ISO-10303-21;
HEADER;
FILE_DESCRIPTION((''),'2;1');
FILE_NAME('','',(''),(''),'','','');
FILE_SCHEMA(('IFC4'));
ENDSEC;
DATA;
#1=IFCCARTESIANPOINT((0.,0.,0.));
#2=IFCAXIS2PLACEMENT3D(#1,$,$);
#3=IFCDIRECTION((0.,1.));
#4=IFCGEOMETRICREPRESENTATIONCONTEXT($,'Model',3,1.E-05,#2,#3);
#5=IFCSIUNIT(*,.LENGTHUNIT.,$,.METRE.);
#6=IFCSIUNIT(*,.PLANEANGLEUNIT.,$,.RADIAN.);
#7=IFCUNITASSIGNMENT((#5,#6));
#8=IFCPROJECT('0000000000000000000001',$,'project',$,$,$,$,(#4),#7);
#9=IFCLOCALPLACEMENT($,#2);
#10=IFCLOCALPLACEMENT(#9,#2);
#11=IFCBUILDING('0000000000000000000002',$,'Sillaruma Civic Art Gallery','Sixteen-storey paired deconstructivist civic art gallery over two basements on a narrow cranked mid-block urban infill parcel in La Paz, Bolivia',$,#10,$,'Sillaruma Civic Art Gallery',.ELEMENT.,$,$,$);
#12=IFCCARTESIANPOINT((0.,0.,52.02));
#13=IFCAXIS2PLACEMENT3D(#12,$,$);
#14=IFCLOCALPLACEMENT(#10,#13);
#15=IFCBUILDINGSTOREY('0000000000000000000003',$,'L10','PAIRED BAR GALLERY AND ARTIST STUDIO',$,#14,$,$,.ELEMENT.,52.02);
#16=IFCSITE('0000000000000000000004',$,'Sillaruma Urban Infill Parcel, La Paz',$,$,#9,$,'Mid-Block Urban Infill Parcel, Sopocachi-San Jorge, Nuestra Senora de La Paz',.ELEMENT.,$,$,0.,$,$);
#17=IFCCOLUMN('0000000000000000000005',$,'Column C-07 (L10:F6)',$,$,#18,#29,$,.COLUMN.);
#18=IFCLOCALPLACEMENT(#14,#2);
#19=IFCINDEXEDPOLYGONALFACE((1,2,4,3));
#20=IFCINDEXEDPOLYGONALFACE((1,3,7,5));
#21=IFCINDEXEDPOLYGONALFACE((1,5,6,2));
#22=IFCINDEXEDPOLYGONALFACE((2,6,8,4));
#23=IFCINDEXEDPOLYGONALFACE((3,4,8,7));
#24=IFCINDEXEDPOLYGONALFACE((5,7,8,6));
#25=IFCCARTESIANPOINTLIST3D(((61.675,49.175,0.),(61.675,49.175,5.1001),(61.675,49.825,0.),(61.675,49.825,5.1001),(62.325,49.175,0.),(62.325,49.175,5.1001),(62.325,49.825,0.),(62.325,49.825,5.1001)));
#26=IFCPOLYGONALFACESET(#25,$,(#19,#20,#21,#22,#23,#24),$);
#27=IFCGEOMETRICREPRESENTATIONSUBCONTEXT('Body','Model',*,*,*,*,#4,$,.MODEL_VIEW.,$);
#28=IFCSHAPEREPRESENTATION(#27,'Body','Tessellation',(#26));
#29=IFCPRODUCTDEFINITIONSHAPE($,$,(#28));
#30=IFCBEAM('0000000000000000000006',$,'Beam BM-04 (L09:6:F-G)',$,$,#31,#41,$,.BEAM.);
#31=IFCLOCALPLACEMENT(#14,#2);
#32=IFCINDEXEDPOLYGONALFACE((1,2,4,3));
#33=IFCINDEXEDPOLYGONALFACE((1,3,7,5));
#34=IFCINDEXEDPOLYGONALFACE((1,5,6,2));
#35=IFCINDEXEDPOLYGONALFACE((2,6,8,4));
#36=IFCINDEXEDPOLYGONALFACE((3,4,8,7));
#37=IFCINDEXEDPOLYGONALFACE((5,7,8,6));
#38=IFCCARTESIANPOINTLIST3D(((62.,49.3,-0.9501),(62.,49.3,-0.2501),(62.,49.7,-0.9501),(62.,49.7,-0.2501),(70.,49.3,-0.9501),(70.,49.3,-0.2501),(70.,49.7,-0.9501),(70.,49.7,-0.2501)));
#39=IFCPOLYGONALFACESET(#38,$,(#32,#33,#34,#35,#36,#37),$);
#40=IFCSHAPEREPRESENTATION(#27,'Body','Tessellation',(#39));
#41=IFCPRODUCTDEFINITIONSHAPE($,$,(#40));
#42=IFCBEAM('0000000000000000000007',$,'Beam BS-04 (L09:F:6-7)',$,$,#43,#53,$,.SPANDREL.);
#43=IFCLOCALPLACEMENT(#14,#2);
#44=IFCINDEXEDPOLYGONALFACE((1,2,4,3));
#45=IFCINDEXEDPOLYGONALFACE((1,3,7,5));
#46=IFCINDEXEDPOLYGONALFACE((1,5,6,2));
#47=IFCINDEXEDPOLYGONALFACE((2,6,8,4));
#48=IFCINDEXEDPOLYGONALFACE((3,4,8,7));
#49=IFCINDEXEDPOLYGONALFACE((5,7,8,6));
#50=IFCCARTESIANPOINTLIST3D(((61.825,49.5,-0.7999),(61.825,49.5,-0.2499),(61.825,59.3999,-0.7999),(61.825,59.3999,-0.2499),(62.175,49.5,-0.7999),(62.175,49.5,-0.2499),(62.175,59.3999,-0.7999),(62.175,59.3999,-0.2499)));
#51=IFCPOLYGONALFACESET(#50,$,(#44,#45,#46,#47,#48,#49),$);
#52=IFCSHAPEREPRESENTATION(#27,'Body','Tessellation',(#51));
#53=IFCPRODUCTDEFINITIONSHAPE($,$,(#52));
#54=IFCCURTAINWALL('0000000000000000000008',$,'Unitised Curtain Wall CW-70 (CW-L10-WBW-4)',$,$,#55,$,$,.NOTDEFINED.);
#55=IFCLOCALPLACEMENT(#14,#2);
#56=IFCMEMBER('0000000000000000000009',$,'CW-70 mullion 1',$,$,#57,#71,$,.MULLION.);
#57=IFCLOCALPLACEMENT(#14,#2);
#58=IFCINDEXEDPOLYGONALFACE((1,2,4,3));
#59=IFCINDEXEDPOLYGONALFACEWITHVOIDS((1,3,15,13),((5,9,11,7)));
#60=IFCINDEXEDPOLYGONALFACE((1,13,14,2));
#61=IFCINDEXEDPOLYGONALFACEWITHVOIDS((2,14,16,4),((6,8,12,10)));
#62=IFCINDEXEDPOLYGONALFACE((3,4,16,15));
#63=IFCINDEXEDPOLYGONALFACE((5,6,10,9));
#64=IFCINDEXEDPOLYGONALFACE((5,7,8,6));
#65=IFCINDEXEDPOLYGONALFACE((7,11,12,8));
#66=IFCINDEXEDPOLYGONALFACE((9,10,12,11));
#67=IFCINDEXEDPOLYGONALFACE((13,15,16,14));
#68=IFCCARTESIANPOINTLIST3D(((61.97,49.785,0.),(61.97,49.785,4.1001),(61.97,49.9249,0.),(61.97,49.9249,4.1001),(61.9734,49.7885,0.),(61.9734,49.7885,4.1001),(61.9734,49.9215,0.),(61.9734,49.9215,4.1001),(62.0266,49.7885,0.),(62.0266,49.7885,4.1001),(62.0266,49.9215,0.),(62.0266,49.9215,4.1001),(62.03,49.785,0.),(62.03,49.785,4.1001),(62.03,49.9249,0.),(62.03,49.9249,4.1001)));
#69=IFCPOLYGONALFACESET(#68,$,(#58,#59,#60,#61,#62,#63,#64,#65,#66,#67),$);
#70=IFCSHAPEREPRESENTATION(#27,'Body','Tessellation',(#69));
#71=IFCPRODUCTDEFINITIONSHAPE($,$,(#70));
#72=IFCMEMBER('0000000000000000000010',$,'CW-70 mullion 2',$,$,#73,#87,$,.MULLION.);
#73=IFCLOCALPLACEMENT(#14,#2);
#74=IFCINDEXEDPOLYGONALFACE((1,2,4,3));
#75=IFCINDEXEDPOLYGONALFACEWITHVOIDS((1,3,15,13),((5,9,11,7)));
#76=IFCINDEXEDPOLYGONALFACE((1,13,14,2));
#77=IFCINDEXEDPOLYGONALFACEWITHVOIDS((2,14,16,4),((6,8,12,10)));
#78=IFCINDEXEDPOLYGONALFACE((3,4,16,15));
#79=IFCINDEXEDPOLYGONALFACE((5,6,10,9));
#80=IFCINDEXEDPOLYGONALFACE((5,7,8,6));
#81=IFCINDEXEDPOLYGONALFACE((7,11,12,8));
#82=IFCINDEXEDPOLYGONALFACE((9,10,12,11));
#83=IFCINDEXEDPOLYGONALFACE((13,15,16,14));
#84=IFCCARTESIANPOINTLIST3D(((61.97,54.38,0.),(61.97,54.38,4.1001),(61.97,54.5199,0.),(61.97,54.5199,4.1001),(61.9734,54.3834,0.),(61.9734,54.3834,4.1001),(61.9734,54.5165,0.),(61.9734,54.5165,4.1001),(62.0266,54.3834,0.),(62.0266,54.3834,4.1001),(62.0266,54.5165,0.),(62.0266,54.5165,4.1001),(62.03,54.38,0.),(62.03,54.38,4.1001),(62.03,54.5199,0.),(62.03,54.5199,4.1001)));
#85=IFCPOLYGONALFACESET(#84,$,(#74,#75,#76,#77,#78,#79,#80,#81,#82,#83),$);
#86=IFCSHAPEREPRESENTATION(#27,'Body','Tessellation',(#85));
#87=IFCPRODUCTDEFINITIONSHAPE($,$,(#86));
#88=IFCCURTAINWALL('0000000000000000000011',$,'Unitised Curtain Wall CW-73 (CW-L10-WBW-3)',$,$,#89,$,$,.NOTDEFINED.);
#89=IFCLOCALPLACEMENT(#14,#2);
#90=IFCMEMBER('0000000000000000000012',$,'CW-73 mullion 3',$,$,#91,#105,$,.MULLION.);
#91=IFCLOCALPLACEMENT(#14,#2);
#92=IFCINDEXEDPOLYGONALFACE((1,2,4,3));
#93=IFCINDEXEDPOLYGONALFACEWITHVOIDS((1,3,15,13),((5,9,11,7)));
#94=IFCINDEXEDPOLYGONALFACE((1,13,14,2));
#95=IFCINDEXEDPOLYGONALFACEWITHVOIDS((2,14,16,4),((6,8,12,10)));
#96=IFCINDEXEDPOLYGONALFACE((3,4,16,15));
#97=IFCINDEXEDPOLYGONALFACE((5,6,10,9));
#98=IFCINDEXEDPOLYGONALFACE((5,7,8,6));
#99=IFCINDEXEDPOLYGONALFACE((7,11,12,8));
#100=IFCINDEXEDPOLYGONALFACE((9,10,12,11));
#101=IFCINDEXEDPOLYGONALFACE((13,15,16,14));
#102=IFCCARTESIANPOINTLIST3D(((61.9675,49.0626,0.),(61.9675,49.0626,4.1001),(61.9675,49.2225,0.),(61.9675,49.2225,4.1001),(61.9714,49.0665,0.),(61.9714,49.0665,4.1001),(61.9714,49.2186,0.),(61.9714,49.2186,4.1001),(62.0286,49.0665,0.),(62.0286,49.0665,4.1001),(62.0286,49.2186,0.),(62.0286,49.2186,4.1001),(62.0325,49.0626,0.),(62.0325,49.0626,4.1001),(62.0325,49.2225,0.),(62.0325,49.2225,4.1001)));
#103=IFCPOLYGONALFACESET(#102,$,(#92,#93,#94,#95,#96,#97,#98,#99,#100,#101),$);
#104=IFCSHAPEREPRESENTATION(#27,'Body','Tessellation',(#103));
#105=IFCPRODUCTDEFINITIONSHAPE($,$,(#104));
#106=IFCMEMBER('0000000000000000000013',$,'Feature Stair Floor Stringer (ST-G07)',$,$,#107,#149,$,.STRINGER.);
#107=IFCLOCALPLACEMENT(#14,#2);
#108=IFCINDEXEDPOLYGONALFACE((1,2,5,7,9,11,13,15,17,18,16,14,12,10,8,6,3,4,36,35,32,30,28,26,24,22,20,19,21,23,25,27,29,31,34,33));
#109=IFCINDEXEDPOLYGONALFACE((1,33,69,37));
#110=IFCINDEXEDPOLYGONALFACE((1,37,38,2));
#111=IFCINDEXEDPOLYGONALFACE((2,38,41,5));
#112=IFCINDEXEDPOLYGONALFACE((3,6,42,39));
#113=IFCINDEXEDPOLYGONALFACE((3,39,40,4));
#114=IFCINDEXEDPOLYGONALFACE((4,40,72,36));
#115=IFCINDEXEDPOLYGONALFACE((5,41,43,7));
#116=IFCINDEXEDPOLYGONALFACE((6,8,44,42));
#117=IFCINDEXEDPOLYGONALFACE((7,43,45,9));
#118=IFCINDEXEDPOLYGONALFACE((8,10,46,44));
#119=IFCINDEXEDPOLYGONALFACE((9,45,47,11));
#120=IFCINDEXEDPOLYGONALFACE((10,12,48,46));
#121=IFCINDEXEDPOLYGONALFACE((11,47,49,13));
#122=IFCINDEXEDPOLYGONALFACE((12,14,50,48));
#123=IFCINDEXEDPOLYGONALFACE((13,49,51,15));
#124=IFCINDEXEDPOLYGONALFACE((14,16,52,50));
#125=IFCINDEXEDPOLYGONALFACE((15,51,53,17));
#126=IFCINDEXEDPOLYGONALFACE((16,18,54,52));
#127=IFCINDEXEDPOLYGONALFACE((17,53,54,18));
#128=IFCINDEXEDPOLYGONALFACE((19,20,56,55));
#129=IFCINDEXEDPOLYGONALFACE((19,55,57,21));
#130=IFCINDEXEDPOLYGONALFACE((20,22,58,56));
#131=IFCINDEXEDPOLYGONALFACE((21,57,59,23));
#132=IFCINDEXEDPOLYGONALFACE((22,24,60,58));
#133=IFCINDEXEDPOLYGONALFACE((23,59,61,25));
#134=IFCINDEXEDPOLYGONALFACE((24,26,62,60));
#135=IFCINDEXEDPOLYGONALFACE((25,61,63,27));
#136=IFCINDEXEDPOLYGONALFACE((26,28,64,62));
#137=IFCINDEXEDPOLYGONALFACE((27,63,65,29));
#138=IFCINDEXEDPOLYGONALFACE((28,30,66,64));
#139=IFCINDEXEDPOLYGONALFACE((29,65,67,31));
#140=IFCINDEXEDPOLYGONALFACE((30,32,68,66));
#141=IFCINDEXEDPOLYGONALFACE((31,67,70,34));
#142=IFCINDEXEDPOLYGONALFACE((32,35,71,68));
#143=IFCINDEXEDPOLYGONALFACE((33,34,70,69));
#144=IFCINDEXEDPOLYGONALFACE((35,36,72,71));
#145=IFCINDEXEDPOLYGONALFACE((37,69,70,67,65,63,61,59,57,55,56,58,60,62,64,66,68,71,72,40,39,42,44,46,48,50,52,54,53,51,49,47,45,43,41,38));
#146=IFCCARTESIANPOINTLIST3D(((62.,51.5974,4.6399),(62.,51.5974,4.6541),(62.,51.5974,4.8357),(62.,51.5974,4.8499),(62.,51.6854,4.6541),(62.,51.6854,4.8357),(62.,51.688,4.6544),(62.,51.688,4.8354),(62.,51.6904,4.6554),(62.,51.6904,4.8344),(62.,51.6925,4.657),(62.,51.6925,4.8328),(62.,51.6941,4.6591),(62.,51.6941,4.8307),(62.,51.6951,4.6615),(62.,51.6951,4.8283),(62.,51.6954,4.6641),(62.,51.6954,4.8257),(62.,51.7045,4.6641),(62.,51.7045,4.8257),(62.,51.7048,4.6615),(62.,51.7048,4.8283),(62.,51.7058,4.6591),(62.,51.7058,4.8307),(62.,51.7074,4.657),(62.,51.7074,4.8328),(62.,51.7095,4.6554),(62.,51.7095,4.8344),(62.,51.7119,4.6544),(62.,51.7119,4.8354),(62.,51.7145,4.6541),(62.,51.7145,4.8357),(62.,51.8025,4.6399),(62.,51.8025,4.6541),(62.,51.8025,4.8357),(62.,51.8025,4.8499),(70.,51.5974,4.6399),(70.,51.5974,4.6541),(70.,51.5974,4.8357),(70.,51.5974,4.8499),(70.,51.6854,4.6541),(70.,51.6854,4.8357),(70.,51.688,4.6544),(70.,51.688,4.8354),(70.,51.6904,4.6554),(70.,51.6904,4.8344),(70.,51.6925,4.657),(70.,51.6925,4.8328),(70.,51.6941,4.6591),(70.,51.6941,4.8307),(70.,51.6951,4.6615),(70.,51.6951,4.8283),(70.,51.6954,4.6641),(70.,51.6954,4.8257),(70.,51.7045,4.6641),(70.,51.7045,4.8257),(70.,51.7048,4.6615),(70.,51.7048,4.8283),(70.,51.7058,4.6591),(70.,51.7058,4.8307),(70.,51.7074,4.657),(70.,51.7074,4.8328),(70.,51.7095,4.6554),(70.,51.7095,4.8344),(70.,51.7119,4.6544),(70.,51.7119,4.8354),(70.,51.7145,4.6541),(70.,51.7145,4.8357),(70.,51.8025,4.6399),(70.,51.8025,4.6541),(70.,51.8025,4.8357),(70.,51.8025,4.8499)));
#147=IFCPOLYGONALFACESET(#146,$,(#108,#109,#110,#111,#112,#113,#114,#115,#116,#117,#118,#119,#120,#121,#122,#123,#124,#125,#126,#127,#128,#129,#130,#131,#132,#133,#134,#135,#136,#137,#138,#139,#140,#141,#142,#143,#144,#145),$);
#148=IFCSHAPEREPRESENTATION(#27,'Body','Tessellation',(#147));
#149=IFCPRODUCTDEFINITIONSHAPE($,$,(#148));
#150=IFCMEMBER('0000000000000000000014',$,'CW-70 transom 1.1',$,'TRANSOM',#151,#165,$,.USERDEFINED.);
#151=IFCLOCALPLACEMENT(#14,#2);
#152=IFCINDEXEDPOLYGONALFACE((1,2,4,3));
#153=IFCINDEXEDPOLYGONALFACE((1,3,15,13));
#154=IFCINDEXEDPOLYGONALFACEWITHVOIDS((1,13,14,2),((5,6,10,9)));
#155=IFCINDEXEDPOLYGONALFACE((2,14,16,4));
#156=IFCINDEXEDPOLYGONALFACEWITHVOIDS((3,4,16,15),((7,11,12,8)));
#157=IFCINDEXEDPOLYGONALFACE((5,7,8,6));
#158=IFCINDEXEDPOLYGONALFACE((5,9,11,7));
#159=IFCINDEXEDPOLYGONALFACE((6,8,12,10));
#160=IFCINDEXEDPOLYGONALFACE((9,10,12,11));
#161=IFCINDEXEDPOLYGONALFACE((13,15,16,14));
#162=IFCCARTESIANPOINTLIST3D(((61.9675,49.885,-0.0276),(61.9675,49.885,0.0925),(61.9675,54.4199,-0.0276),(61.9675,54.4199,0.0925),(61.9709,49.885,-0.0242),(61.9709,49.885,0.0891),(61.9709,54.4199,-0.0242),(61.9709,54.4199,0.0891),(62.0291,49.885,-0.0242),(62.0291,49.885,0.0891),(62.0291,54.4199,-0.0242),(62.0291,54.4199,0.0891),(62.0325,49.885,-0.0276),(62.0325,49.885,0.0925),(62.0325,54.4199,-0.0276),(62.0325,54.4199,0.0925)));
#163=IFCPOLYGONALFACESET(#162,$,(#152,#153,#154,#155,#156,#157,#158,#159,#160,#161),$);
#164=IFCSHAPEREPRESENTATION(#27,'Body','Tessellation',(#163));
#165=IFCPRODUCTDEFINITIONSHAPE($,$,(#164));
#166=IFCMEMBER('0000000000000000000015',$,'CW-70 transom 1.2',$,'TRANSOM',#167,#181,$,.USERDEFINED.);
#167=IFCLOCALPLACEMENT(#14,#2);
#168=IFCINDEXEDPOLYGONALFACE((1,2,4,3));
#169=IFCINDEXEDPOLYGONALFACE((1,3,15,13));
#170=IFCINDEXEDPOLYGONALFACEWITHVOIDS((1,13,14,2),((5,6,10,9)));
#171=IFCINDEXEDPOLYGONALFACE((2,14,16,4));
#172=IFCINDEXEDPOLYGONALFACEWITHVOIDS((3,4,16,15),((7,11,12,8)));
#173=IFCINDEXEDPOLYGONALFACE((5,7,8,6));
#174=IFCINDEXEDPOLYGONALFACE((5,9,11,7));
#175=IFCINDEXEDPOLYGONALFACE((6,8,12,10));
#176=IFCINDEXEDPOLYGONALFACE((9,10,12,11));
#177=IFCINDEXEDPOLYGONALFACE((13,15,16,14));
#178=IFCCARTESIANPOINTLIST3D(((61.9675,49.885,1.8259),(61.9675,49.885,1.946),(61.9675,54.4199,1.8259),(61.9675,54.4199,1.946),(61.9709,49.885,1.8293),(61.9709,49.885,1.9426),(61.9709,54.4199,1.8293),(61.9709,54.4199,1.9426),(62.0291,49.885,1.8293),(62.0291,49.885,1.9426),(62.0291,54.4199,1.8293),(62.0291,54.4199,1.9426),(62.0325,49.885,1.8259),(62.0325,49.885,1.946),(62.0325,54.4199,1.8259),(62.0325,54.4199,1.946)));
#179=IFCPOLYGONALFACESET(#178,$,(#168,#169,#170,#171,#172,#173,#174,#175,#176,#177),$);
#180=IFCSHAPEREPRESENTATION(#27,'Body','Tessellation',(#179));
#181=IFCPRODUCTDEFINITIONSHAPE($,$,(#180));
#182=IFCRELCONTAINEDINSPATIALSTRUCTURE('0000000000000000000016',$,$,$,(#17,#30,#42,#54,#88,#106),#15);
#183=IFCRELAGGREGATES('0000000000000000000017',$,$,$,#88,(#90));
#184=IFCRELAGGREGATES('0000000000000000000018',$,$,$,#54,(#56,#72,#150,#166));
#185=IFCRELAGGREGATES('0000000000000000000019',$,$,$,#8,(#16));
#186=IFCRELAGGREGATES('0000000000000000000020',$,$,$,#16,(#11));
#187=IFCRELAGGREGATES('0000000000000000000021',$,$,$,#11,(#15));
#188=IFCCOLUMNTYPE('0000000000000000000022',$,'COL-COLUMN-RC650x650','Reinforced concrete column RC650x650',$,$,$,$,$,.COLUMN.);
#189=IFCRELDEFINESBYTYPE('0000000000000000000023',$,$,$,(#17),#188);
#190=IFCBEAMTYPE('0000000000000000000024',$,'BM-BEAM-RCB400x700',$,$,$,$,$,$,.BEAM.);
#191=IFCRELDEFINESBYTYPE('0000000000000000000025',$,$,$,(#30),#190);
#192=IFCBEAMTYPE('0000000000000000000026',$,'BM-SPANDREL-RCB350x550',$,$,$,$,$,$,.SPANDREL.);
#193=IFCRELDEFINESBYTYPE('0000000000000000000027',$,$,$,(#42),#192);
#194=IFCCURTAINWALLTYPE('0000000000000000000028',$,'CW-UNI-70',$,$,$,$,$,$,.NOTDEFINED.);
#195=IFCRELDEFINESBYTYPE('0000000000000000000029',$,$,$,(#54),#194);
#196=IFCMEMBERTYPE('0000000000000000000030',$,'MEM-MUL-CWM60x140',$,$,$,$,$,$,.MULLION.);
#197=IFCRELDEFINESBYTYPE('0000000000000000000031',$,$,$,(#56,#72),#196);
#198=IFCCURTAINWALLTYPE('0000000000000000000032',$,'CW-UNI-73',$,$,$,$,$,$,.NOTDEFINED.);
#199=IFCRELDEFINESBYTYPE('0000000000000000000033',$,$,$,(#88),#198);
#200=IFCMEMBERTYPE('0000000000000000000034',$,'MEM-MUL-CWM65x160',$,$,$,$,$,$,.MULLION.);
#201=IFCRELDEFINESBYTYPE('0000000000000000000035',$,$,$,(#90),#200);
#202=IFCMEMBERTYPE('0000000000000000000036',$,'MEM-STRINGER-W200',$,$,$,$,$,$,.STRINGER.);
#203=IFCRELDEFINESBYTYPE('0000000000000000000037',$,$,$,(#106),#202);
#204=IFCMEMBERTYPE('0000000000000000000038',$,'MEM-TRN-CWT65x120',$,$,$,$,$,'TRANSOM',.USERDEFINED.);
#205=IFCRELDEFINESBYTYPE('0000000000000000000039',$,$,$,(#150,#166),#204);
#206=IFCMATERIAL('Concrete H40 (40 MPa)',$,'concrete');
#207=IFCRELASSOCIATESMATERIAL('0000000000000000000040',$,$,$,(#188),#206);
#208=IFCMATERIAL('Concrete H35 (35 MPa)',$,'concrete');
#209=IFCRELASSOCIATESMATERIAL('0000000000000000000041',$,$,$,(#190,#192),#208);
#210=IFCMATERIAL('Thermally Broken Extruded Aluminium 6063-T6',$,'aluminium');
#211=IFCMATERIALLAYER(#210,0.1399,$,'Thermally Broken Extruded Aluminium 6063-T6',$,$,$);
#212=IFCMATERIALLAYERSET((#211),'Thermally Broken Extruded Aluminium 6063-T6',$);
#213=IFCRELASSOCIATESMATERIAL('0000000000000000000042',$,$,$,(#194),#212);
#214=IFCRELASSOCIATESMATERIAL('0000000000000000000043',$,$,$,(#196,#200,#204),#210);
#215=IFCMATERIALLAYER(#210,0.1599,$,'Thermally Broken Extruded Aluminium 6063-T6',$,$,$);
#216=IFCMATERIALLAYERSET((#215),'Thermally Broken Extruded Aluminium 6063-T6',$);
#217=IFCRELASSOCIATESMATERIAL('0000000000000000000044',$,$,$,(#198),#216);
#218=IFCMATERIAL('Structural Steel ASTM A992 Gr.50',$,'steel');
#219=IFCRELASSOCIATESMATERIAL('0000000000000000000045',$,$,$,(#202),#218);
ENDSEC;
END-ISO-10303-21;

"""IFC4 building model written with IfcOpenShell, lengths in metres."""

from ifc_helpers import new_model, si_unit, direction, frame, origin, origin_2d, place, context, subcontext, project, spatial, rectangle, hollow_rectangle, i_section, extrude, material, layer, layer_set, material_profile, profile_set, type_object, element, aggregate, save


model = new_model("IFC4")

# Units and contexts
model_context = context("Model", 3, precision=1e-05, world=origin(), true_north=direction((0.0, 1.0)))
body_context = subcontext(model_context, "Body", "Model", "MODEL_VIEW")
ifc_project = project(units=[si_unit("LENGTHUNIT", "METRE"), si_unit("PLANEANGLEUNIT", "RADIAN")], contexts=[model_context])

# Site, building, storey
site_placement = place(None, origin())
site = spatial("IfcSite", under=ifc_project, at=site_placement, Name="Sillaruma Urban Infill Parcel, La Paz", LongName="Mid-Block Urban Infill Parcel, Sopocachi-San Jorge, Nuestra Senora de La Paz", CompositionType="ELEMENT", RefElevation=0.0)
building_placement = place(site_placement, origin())
building = spatial("IfcBuilding", under=site, at=building_placement, Name="Sillaruma Civic Art Gallery", Description="Sixteen-storey paired deconstructivist civic art gallery over two basements on a narrow cranked mid-block urban infill parcel in La Paz, Bolivia", LongName="Sillaruma Civic Art Gallery", CompositionType="ELEMENT")
storey_placement = place(building_placement, frame((0.0, 0.0, 52.02)))
storey = spatial("IfcBuildingStorey", under=building, at=storey_placement, Name="L10", Description="PAIRED BAR GALLERY AND ARTIST STUDIO", CompositionType="ELEMENT", Elevation=52.02)

# Column
ifc_material_1 = material(Name="Concrete H40 (40 MPa)", Category="concrete")
ifc_material_profile_1 = material_profile(ifc_material_1, rectangle(XDim=0.6499, YDim=0.6499, at=origin_2d()), Name="RC650x650")
ifc_profile_set_1 = profile_set([ifc_material_profile_1], Name="Concrete H40 (40 MPa)")
column_type = type_object("IfcColumnType", Name="COL-COLUMN-RC650x650", Description="Reinforced concrete column RC650x650", PredefinedType="COLUMN", material=ifc_profile_set_1)
column_placement = place(storey_placement, frame((62.0, 49.5, 0.0), z_axis=(0.0, 0.0, 1.0), x_axis=(1.0, 0.0, 0.0)))
element("IfcColumn", 1, at=column_placement, inside=storey, type_object=column_type, Name="Column C-07 (L10:F6)", PredefinedType="COLUMN", context=body_context, shape_type="SweptSolid", body=[
    extrude(rectangle(XDim=0.6499, YDim=0.6499, at=origin_2d()), origin(), (0.0, 0.0, 1.0), 5.1001),
])

# Beams
ifc_material_2 = material(Name="Concrete H35 (35 MPa)", Category="concrete")
ifc_material_profile_2 = material_profile(ifc_material_2, rectangle(XDim=0.3999, YDim=0.7, at=origin_2d()), Name="RCB400x700")
ifc_profile_set_2 = profile_set([ifc_material_profile_2], Name="Concrete H35 (35 MPa)")
beam_type_1 = type_object("IfcBeamType", Name="BM-BEAM-RCB400x700", PredefinedType="BEAM", material=ifc_profile_set_2)
beam_1_placement = place(storey_placement, frame((62.0, 49.5, -0.6001), z_axis=(1.0, 0.0, 0.0), x_axis=(0.0, 1.0, 0.0)))
element("IfcBeam", 2, at=beam_1_placement, inside=storey, type_object=beam_type_1, Name="Beam BM-04 (L09:6:F-G)", PredefinedType="BEAM", context=body_context, shape_type="SweptSolid", body=[
    extrude(rectangle(XDim=0.3999, YDim=0.7, at=origin_2d()), origin(), (0.0, 0.0, 1.0), 8.0),
])
ifc_material_profile_3 = material_profile(ifc_material_2, rectangle(XDim=0.3501, YDim=0.55, at=origin_2d()), Name="RCB350x550")
ifc_profile_set_3 = profile_set([ifc_material_profile_3], Name="Concrete H35 (35 MPa)")
beam_type_2 = type_object("IfcBeamType", Name="BM-SPANDREL-RCB350x550", PredefinedType="SPANDREL", material=ifc_profile_set_3)
beam_2_placement = place(storey_placement, frame((62.0, 49.5, -0.5249), z_axis=(0.0, 1.0, 0.0), x_axis=(-1.0, 0.0, 0.0)))
element("IfcBeam", 3, at=beam_2_placement, inside=storey, type_object=beam_type_2, Name="Beam BS-04 (L09:F:6-7)", PredefinedType="SPANDREL", context=body_context, shape_type="SweptSolid", body=[
    extrude(rectangle(XDim=0.3501, YDim=0.55, at=origin_2d()), origin(), (0.0, 0.0, 1.0), 9.8999),
])

# Curtain wall, members
ifc_material_3 = material(Name="Thermally Broken Extruded Aluminium 6063-T6", Category="aluminium")
ifc_layer_1 = layer(ifc_material_3, 0.1399, Name="Thermally Broken Extruded Aluminium 6063-T6")
ifc_layer_set_1 = layer_set([ifc_layer_1], Name="Thermally Broken Extruded Aluminium 6063-T6")
curtain_wall_type_1 = type_object("IfcCurtainWallType", Name="CW-UNI-70", PredefinedType="NOTDEFINED", material=ifc_layer_set_1)
curtain_wall_1_placement = place(storey_placement, origin())
curtain_wall_1 = element("IfcCurtainWall", 4, at=curtain_wall_1_placement, inside=storey, type_object=curtain_wall_type_1, Name="Unitised Curtain Wall CW-70 (CW-L10-WBW-4)", PredefinedType="NOTDEFINED")
ifc_material_profile_4 = material_profile(ifc_material_3, hollow_rectangle(XDim=0.0601, YDim=0.1399, WallThickness=0.0034, at=origin_2d()), Name="CWM60x140")
ifc_profile_set_4 = profile_set([ifc_material_profile_4], Name="Thermally Broken Extruded Aluminium 6063-T6")
member_type_1 = type_object("IfcMemberType", Name="MEM-MUL-CWM60x140", PredefinedType="MULLION", material=ifc_profile_set_4)
member_1_placement = place(storey_placement, frame((62.0, 49.855, 0.0), z_axis=(0.0, 0.0, 1.0), x_axis=(-1.0, 0.0, 0.0)))
member_1 = element("IfcMember", 5, at=member_1_placement, type_object=member_type_1, Name="CW-70 mullion 1", PredefinedType="MULLION", context=body_context, shape_type="SweptSolid", body=[
    extrude(hollow_rectangle(XDim=0.0601, YDim=0.1399, WallThickness=0.0034, at=origin_2d()), origin(), (0.0, 0.0, 1.0), 4.1001),
])
member_2_placement = place(storey_placement, frame((62.0, 54.45, 0.0), z_axis=(0.0, 0.0, 1.0), x_axis=(-1.0, 0.0, 0.0)))
member_2 = element("IfcMember", 6, at=member_2_placement, type_object=member_type_1, Name="CW-70 mullion 2", PredefinedType="MULLION", context=body_context, shape_type="SweptSolid", body=[
    extrude(hollow_rectangle(XDim=0.0601, YDim=0.1399, WallThickness=0.0034, at=origin_2d()), origin(), (0.0, 0.0, 1.0), 4.1001),
])

# Curtain wall, member
ifc_layer_2 = layer(ifc_material_3, 0.1599, Name="Thermally Broken Extruded Aluminium 6063-T6")
ifc_layer_set_2 = layer_set([ifc_layer_2], Name="Thermally Broken Extruded Aluminium 6063-T6")
curtain_wall_type_2 = type_object("IfcCurtainWallType", Name="CW-UNI-73", PredefinedType="NOTDEFINED", material=ifc_layer_set_2)
curtain_wall_2_placement = place(storey_placement, origin())
curtain_wall_2 = element("IfcCurtainWall", 7, at=curtain_wall_2_placement, inside=storey, type_object=curtain_wall_type_2, Name="Unitised Curtain Wall CW-73 (CW-L10-WBW-3)", PredefinedType="NOTDEFINED")
ifc_material_profile_5 = material_profile(ifc_material_3, hollow_rectangle(XDim=0.0649, YDim=0.1599, WallThickness=0.0039, at=origin_2d()), Name="CWM65x160")
ifc_profile_set_5 = profile_set([ifc_material_profile_5], Name="Thermally Broken Extruded Aluminium 6063-T6")
member_type_2 = type_object("IfcMemberType", Name="MEM-MUL-CWM65x160", PredefinedType="MULLION", material=ifc_profile_set_5)
member_3_placement = place(storey_placement, frame((62.0, 49.1426, 0.0), z_axis=(0.0, 0.0, 1.0), x_axis=(-1.0, 0.0, 0.0)))
member_3 = element("IfcMember", 8, at=member_3_placement, type_object=member_type_2, Name="CW-73 mullion 3", PredefinedType="MULLION", context=body_context, shape_type="SweptSolid", body=[
    extrude(hollow_rectangle(XDim=0.0649, YDim=0.1599, WallThickness=0.0039, at=origin_2d()), origin(), (0.0, 0.0, 1.0), 4.1001),
])

# Members
ifc_material_4 = material(Name="Structural Steel ASTM A992 Gr.50", Category="steel")
ifc_material_profile_6 = material_profile(ifc_material_4, i_section(OverallWidth=0.2051, OverallDepth=0.21, WebThickness=0.009, FlangeThickness=0.0142, FilletRadius=0.01, at=origin_2d()), Name="W200x59")
ifc_profile_set_6 = profile_set([ifc_material_profile_6], Name="Structural Steel ASTM A992 Gr.50")
member_type_3 = type_object("IfcMemberType", Name="MEM-STRINGER-W200", PredefinedType="STRINGER", material=ifc_profile_set_6)
member_4_placement = place(storey_placement, frame((62.0, 51.7, 4.7449), z_axis=(1.0, 0.0, 0.0), x_axis=(0.0, 1.0, 0.0)))
element("IfcMember", 9, at=member_4_placement, inside=storey, type_object=member_type_3, Name="Feature Stair Floor Stringer (ST-G07)", PredefinedType="STRINGER", context=body_context, shape_type="SweptSolid", body=[
    extrude(i_section(OverallWidth=0.2051, OverallDepth=0.21, WebThickness=0.009, FlangeThickness=0.0142, FilletRadius=0.01, at=origin_2d()), origin(), (0.0, 0.0, 1.0), 8.0),
])
ifc_material_profile_7 = material_profile(ifc_material_3, hollow_rectangle(XDim=0.0649, YDim=0.1201, WallThickness=0.0034, at=origin_2d()), Name="CWT65x120")
ifc_profile_set_7 = profile_set([ifc_material_profile_7], Name="Thermally Broken Extruded Aluminium 6063-T6")
member_type_4 = type_object("IfcMemberType", Name="MEM-TRN-CWT65x120", ElementType="TRANSOM", PredefinedType="USERDEFINED", material=ifc_profile_set_7)
member_5_placement = place(storey_placement, frame((62.0, 49.885, 0.0325), z_axis=(0.0, 1.0, 0.0), x_axis=(-1.0, 0.0, 0.0)))
member_5 = element("IfcMember", 10, at=member_5_placement, type_object=member_type_4, Name="CW-70 transom 1.1", ObjectType="TRANSOM", PredefinedType="USERDEFINED", context=body_context, shape_type="SweptSolid", body=[
    extrude(hollow_rectangle(XDim=0.0649, YDim=0.1201, WallThickness=0.0034, at=origin_2d()), origin(), (0.0, 0.0, 1.0), 4.5349),
])
member_6_placement = place(storey_placement, frame((62.0, 49.885, 1.886), z_axis=(0.0, 1.0, 0.0), x_axis=(-1.0, 0.0, 0.0)))
member_6 = element("IfcMember", 11, at=member_6_placement, type_object=member_type_4, Name="CW-70 transom 1.2", ObjectType="TRANSOM", PredefinedType="USERDEFINED", context=body_context, shape_type="SweptSolid", body=[
    extrude(hollow_rectangle(XDim=0.0649, YDim=0.1201, WallThickness=0.0034, at=origin_2d()), origin(), (0.0, 0.0, 1.0), 4.5349),
])

aggregate(curtain_wall_2, [member_3])
aggregate(curtain_wall_1, [member_1, member_2, member_5, member_6])

save(model, "model.ifc")
